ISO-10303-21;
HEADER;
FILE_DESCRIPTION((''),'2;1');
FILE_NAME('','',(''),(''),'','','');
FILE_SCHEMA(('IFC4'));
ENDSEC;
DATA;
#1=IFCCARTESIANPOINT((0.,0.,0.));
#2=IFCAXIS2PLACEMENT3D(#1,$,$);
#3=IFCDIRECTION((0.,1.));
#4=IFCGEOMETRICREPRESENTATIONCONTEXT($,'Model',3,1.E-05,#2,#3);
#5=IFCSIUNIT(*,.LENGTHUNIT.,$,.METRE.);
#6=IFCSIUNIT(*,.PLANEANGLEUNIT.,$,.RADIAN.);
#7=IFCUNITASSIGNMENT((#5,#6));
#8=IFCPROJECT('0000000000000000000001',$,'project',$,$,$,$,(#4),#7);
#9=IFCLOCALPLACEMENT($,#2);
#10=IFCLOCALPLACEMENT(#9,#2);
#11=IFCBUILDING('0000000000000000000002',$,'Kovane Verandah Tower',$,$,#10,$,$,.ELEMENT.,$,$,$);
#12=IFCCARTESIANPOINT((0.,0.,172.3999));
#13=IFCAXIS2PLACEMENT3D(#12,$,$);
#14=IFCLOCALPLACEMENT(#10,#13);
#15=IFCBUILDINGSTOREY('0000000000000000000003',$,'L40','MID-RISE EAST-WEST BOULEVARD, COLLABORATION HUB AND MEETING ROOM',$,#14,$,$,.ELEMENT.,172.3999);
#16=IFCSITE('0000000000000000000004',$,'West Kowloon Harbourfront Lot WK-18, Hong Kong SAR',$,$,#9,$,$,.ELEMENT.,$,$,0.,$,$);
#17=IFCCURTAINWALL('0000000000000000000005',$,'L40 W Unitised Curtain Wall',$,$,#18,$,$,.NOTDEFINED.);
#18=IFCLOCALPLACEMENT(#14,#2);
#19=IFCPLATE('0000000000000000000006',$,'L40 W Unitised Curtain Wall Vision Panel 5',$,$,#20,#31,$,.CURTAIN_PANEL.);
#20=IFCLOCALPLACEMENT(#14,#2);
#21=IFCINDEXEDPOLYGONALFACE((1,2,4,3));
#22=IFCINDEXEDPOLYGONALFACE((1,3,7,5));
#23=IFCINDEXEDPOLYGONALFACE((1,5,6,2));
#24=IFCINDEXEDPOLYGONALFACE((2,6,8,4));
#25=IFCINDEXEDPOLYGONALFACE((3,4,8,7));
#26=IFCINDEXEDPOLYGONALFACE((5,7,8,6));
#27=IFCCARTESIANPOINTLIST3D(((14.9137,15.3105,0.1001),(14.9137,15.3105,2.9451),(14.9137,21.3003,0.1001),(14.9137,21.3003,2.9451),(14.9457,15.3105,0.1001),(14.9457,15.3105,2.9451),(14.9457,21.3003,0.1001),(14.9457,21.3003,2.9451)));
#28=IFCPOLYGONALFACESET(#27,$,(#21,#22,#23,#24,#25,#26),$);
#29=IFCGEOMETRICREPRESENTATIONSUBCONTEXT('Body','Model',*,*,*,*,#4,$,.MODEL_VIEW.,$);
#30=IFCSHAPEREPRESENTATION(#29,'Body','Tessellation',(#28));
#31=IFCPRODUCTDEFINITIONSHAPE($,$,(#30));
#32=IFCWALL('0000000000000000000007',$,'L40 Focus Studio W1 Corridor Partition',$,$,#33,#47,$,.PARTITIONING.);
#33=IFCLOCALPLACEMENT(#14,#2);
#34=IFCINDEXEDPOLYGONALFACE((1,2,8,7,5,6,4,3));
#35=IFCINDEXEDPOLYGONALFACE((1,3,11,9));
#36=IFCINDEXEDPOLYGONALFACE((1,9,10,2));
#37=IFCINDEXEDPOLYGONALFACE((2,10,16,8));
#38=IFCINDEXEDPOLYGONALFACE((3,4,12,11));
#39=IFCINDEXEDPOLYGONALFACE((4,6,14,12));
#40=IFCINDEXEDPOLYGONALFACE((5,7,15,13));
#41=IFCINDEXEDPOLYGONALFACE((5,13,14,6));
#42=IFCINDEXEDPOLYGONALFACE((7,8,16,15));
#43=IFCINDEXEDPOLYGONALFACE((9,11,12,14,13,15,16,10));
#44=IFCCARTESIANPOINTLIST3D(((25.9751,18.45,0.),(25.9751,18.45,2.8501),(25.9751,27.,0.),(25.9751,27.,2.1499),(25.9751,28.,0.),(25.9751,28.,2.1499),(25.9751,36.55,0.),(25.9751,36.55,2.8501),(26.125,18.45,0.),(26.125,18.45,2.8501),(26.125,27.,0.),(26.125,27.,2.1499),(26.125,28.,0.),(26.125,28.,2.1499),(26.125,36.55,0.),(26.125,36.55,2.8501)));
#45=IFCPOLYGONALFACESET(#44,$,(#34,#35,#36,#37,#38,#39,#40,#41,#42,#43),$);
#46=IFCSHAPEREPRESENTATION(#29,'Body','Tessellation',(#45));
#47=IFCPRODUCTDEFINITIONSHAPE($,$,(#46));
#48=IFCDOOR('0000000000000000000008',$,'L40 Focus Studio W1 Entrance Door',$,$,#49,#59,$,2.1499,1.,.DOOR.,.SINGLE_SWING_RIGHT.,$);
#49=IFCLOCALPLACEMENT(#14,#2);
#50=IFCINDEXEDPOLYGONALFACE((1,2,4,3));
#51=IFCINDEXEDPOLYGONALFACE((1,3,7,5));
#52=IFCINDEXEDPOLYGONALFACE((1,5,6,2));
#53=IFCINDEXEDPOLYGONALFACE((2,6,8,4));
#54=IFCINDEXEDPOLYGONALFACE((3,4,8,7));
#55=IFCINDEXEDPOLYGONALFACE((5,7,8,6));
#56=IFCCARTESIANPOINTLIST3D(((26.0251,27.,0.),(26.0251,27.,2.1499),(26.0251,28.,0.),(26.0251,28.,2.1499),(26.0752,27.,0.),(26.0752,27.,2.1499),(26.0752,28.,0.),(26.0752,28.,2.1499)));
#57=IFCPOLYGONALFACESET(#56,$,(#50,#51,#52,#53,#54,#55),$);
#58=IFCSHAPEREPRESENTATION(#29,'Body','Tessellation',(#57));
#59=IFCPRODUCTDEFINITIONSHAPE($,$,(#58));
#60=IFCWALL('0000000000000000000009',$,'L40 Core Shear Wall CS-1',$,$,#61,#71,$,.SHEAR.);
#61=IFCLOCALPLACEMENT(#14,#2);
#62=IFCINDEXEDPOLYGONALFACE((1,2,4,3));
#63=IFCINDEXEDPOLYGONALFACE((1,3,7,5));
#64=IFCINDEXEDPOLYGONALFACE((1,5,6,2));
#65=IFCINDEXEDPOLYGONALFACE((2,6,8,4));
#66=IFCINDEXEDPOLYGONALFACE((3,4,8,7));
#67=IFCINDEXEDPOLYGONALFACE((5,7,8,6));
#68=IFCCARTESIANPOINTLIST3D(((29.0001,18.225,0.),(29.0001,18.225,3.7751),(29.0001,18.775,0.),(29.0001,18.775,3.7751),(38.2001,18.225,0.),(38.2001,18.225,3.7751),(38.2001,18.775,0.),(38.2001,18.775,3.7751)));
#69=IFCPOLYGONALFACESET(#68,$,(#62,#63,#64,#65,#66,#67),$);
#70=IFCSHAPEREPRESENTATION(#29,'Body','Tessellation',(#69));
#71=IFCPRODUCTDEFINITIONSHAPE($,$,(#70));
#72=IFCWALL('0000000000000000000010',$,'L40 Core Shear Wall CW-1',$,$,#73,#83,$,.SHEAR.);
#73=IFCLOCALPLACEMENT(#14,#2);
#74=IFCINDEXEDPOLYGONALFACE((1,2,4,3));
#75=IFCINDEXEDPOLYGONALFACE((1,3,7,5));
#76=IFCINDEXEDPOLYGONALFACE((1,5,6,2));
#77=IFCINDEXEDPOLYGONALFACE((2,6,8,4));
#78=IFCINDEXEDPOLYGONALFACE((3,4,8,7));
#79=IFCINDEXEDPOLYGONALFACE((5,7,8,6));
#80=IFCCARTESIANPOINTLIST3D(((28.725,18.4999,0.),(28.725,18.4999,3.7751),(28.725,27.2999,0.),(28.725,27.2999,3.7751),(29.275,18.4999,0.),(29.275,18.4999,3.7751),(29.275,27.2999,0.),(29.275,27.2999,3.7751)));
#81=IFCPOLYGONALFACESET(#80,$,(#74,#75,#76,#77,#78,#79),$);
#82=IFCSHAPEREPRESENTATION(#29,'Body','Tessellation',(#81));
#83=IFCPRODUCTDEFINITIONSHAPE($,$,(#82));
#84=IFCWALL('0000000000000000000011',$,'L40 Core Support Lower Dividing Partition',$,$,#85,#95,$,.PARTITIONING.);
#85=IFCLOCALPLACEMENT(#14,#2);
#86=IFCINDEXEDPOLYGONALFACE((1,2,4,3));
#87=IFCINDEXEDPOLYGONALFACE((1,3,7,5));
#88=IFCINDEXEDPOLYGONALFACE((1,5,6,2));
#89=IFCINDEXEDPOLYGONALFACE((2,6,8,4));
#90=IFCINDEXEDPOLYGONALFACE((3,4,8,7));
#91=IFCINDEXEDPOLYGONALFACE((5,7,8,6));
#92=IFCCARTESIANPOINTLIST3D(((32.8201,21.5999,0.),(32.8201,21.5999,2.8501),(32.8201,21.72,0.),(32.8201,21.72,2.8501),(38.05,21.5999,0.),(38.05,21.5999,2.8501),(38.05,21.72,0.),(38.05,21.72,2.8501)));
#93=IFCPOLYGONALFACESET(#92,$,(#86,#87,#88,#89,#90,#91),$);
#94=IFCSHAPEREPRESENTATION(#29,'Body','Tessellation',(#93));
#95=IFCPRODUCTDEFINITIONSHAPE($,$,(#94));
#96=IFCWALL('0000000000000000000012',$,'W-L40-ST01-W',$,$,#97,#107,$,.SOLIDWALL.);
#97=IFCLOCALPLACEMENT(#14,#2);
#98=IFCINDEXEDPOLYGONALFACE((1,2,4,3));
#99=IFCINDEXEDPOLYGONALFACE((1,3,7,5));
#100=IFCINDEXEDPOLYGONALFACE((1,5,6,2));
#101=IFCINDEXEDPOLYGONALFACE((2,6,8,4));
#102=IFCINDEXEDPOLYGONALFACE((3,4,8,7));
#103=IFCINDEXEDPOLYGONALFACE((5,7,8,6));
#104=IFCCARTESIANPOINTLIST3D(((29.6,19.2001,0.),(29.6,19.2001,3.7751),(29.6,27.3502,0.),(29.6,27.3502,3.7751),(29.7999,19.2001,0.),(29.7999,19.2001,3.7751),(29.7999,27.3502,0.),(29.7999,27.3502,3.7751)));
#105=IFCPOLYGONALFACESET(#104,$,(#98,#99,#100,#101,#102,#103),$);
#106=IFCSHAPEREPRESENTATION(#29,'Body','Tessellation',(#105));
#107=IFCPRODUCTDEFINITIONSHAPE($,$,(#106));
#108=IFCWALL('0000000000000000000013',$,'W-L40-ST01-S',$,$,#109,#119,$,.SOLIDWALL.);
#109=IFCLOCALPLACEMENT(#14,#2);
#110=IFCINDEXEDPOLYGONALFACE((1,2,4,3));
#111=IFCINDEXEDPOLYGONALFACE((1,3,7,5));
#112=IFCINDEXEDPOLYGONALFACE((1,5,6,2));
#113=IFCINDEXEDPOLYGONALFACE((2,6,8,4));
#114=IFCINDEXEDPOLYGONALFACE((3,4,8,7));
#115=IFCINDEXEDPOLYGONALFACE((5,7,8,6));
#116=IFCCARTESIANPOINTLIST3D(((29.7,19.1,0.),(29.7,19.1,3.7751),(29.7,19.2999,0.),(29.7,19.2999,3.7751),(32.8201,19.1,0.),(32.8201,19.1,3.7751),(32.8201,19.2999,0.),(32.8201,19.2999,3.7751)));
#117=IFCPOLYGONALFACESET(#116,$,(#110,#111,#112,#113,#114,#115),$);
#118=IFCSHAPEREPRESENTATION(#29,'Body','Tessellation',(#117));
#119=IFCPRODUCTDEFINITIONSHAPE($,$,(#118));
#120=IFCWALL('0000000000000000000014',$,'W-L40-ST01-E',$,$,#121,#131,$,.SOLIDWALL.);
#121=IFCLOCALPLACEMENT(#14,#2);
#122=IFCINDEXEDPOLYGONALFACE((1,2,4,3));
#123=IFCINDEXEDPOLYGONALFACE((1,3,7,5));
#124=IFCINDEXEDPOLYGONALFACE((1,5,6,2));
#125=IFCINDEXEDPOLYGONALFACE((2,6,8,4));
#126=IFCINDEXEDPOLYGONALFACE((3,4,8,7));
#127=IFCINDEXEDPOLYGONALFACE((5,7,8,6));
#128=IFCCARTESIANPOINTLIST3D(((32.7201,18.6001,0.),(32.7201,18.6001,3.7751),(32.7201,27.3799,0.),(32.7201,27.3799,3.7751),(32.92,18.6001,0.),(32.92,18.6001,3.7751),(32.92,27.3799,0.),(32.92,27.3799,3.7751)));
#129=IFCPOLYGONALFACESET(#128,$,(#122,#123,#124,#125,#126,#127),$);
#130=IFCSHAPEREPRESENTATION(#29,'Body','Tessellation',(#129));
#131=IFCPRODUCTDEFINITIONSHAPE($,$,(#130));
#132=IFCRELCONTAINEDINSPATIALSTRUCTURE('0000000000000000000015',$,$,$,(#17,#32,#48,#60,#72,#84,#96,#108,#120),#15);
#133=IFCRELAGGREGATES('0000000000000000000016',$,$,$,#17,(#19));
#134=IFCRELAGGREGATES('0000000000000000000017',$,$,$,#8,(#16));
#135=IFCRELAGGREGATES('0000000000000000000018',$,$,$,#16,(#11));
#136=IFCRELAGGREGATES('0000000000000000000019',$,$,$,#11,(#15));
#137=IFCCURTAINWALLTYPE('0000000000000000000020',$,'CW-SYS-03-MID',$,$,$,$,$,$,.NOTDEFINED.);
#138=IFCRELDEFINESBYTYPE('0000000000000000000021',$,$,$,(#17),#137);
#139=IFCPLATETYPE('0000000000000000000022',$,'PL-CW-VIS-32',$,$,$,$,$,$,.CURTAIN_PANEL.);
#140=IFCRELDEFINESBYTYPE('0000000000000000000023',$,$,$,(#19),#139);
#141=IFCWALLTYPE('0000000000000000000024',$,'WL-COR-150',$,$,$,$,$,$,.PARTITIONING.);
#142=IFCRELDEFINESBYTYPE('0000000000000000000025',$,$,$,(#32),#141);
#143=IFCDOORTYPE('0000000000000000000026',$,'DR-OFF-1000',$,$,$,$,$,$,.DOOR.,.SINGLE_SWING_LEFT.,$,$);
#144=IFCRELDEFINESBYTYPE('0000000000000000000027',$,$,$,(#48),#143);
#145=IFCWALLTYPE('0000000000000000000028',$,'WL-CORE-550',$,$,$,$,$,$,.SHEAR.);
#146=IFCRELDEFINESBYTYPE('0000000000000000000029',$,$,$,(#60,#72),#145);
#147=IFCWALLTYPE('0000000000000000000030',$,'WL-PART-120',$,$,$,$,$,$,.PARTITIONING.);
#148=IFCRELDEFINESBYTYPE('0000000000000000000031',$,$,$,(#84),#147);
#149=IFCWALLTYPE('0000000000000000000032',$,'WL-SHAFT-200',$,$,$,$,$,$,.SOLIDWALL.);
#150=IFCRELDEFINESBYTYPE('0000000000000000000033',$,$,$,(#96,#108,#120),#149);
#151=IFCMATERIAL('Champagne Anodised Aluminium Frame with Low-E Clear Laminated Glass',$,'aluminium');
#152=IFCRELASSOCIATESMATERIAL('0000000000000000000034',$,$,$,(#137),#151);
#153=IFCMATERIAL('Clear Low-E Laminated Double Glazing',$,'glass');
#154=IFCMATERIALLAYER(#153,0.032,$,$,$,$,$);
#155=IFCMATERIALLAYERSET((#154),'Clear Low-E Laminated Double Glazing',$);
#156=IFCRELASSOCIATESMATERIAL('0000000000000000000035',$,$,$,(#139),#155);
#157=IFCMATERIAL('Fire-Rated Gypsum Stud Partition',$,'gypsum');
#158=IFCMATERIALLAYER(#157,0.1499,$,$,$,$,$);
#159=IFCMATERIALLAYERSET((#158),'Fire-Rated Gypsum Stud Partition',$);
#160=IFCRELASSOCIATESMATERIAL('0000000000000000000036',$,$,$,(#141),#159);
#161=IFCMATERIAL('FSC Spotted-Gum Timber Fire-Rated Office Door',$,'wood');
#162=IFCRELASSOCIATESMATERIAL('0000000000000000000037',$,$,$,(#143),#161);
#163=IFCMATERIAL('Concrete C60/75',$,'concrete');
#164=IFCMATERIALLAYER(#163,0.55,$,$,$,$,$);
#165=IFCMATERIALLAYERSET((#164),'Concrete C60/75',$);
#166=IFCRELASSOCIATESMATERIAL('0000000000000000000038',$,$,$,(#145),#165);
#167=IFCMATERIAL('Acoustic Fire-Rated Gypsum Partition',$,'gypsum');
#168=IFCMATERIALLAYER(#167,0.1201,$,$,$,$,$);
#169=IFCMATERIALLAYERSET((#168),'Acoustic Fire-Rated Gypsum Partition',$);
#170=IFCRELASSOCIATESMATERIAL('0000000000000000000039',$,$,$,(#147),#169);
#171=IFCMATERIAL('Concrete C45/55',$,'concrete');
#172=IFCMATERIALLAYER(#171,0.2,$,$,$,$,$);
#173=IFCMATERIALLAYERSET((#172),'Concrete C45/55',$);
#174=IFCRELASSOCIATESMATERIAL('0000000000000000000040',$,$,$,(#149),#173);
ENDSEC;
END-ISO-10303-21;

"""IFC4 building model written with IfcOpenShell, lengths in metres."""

from ifc_helpers import new_model, si_unit, direction, frame, frame_2d, origin, origin_2d, place, context, subcontext, project, spatial, rectangle, extrude, material, layer, layer_set, type_object, element, fill, aggregate, save


model = new_model("IFC4")

# Units and contexts
model_context = context("Model", 3, precision=1e-05, world=origin(), true_north=direction((0.0, 1.0)))
body_context = subcontext(model_context, "Body", "Model", "MODEL_VIEW")
ifc_project = project(units=[si_unit("LENGTHUNIT", "METRE"), si_unit("PLANEANGLEUNIT", "RADIAN")], contexts=[model_context])

# Site, building, storey
site_placement = place(None, origin())
site = spatial("IfcSite", under=ifc_project, at=site_placement, Name="West Kowloon Harbourfront Lot WK-18, Hong Kong SAR", CompositionType="ELEMENT", RefElevation=0.0)
building_placement = place(site_placement, origin())
building = spatial("IfcBuilding", under=site, at=building_placement, Name="Kovane Verandah Tower", CompositionType="ELEMENT")
storey_placement = place(building_placement, frame((0.0, 0.0, 172.3999)))
storey = spatial("IfcBuildingStorey", under=building, at=storey_placement, Name="L40", Description="MID-RISE EAST-WEST BOULEVARD, COLLABORATION HUB AND MEETING ROOM", CompositionType="ELEMENT", Elevation=172.3999)

# Curtain wall
ifc_material_1 = material(Name="Champagne Anodised Aluminium Frame with Low-E Clear Laminated Glass", Category="aluminium")
curtain_wall_type = type_object("IfcCurtainWallType", Name="CW-SYS-03-MID", PredefinedType="NOTDEFINED", material=ifc_material_1)
curtain_wall_placement = place(storey_placement, origin())
curtain_wall = element("IfcCurtainWall", 1, at=curtain_wall_placement, inside=storey, type_object=curtain_wall_type, Name="L40 W Unitised Curtain Wall", PredefinedType="NOTDEFINED")

# Plate
ifc_material_2 = material(Name="Clear Low-E Laminated Double Glazing", Category="glass")
ifc_layer_1 = layer(ifc_material_2, 0.032)
ifc_layer_set_1 = layer_set([ifc_layer_1], Name="Clear Low-E Laminated Double Glazing")
plate_type_1 = type_object("IfcPlateType", Name="PL-CW-VIS-32", PredefinedType="CURTAIN_PANEL", material=ifc_layer_set_1)
plate_1_placement = place(storey_placement, frame((14.9297, 18.3054, 0.1001), z_axis=(0.0, 0.0, 1.0), x_axis=(0.0, -1.0, 0.0)))
plate_1 = element("IfcPlate", 2, at=plate_1_placement, type_object=plate_type_1, Name="L40 W Unitised Curtain Wall Vision Panel 5", PredefinedType="CURTAIN_PANEL", context=body_context, shape_type="SweptSolid", body=[
    extrude(rectangle(XDim=5.9897, YDim=0.032, at=origin_2d()), origin(), (0.0, 0.0, 1.0), 2.845),
])
aggregate(curtain_wall, [plate_1])

# Wall, opening, door
ifc_material_3 = material(Name="Fire-Rated Gypsum Stud Partition", Category="gypsum")
ifc_layer_2 = layer(ifc_material_3, 0.1499)
ifc_layer_set_2 = layer_set([ifc_layer_2], Name="Fire-Rated Gypsum Stud Partition")
wall_type_1 = type_object("IfcWallType", Name="WL-COR-150", PredefinedType="PARTITIONING", material=ifc_layer_set_2)
wall_1_placement = place(storey_placement, frame((26.05, 18.45, 0.0), z_axis=(0.0, 0.0, 1.0), x_axis=(0.0, 1.0, 0.0)))
wall_1 = element("IfcWall", 3, at=wall_1_placement, inside=storey, type_object=wall_type_1, Name="L40 Focus Studio W1 Corridor Partition", PredefinedType="PARTITIONING", context=body_context, shape_type="SweptSolid", body=[
    extrude(rectangle(XDim=18.1001, YDim=0.1499, at=frame_2d((9.05, 0.0))), origin(), (0.0, 0.0, 1.0), 2.8501),
])
opening_placement = place(wall_1_placement, frame((8.55, 0.0, 0.0)))
opening = element("IfcOpeningElement", 4, at=opening_placement, cuts=wall_1, PredefinedType="OPENING", context=body_context, shape_type="SweptSolid", body=[
    extrude(rectangle(XDim=1.0, YDim=2.1499, at=frame_2d((0.5, 1.075))), frame((0.0, 0.075, 0.0), z_axis=(0.0, -1.0, 0.0), x_axis=(1.0, 0.0, 0.0)), (0.0, 0.0, 1.0), 0.1499),
])
ifc_material_4 = material(Name="FSC Spotted-Gum Timber Fire-Rated Office Door", Category="wood")
door_type = type_object("IfcDoorType", Name="DR-OFF-1000", OperationType="SINGLE_SWING_LEFT", PredefinedType="DOOR", material=ifc_material_4)
door_placement = place(opening_placement, origin())
door = element("IfcDoor", 5, at=door_placement, inside=storey, type_object=door_type, Name="L40 Focus Studio W1 Entrance Door", OperationType="SINGLE_SWING_RIGHT", OverallHeight=2.1499, OverallWidth=1.0, PredefinedType="DOOR", context=body_context, shape_type="SweptSolid", body=[
    extrude(rectangle(XDim=1.0, YDim=2.1499, at=frame_2d((0.5, 1.075))), frame((0.0, 0.0249, 0.0), z_axis=(0.0, -1.0, 0.0), x_axis=(1.0, 0.0, 0.0)), (0.0, 0.0, 1.0), 0.05),
])
fill(opening, door)

# Walls
ifc_material_5 = material(Name="Concrete C60/75", Category="concrete")
ifc_layer_3 = layer(ifc_material_5, 0.55)
ifc_layer_set_3 = layer_set([ifc_layer_3], Name="Concrete C60/75")
wall_type_2 = type_object("IfcWallType", Name="WL-CORE-550", PredefinedType="SHEAR", material=ifc_layer_set_3)
wall_2_placement = place(storey_placement, frame((29.0, 18.5, 0.0), z_axis=(0.0, 0.0, 1.0), x_axis=(1.0, 0.0, 0.0)))
element("IfcWall", 6, at=wall_2_placement, inside=storey, type_object=wall_type_2, Name="L40 Core Shear Wall CS-1", PredefinedType="SHEAR", context=body_context, shape_type="SweptSolid", body=[
    extrude(rectangle(XDim=9.2, YDim=0.55, at=frame_2d((4.6001, 0.0))), origin(), (0.0, 0.0, 1.0), 3.7751),
])
wall_3_placement = place(storey_placement, frame((29.0, 18.5, 0.0), z_axis=(0.0, 0.0, 1.0), x_axis=(0.0, 1.0, 0.0)))
element("IfcWall", 7, at=wall_3_placement, inside=storey, type_object=wall_type_2, Name="L40 Core Shear Wall CW-1", PredefinedType="SHEAR", context=body_context, shape_type="SweptSolid", body=[
    extrude(rectangle(XDim=8.8, YDim=0.55, at=frame_2d((4.3999, 0.0))), origin(), (0.0, 0.0, 1.0), 3.7751),
])
ifc_material_6 = material(Name="Acoustic Fire-Rated Gypsum Partition", Category="gypsum")
ifc_layer_4 = layer(ifc_material_6, 0.1201)
ifc_layer_set_4 = layer_set([ifc_layer_4], Name="Acoustic Fire-Rated Gypsum Partition")
wall_type_3 = type_object("IfcWallType", Name="WL-PART-120", PredefinedType="PARTITIONING", material=ifc_layer_set_4)
wall_4_placement = place(storey_placement, frame((32.8201, 21.6599, 0.0), z_axis=(0.0, 0.0, 1.0), x_axis=(1.0, 0.0, 0.0)))
element("IfcWall", 8, at=wall_4_placement, inside=storey, type_object=wall_type_3, Name="L40 Core Support Lower Dividing Partition", PredefinedType="PARTITIONING", context=body_context, shape_type="SweptSolid", body=[
    extrude(rectangle(XDim=5.23, YDim=0.1201, at=frame_2d((2.615, 0.0))), origin(), (0.0, 0.0, 1.0), 2.8501),
])
ifc_material_7 = material(Name="Concrete C45/55", Category="concrete")
ifc_layer_5 = layer(ifc_material_7, 0.2)
ifc_layer_set_5 = layer_set([ifc_layer_5], Name="Concrete C45/55")
wall_type_4 = type_object("IfcWallType", Name="WL-SHAFT-200", PredefinedType="SOLIDWALL", material=ifc_layer_set_5)
wall_5_placement = place(storey_placement, frame((29.7, 19.2, 0.0), z_axis=(0.0, 0.0, 1.0), x_axis=(0.0, 1.0, 0.0)))
element("IfcWall", 9, at=wall_5_placement, inside=storey, type_object=wall_type_4, Name="W-L40-ST01-W", PredefinedType="SOLIDWALL", context=body_context, shape_type="SweptSolid", body=[
    extrude(rectangle(XDim=8.1501, YDim=0.2, at=frame_2d((4.0752, 0.0))), origin(), (0.0, 0.0, 1.0), 3.7751),
])
wall_6_placement = place(storey_placement, frame((29.7, 19.2, 0.0), z_axis=(0.0, 0.0, 1.0), x_axis=(1.0, 0.0, 0.0)))
element("IfcWall", 10, at=wall_6_placement, inside=storey, type_object=wall_type_4, Name="W-L40-ST01-S", PredefinedType="SOLIDWALL", context=body_context, shape_type="SweptSolid", body=[
    extrude(rectangle(XDim=3.1201, YDim=0.2, at=frame_2d((1.5601, 0.0))), origin(), (0.0, 0.0, 1.0), 3.7751),
])
wall_7_placement = place(storey_placement, frame((32.8201, 18.6001, 0.0), z_axis=(0.0, 0.0, 1.0), x_axis=(0.0, 1.0, 0.0)))
element("IfcWall", 11, at=wall_7_placement, inside=storey, type_object=wall_type_4, Name="W-L40-ST01-E", PredefinedType="SOLIDWALL", context=body_context, shape_type="SweptSolid", body=[
    extrude(rectangle(XDim=8.7798, YDim=0.2, at=frame_2d((4.3899, 0.0))), origin(), (0.0, 0.0, 1.0), 3.7751),
])

save(model, "model.ifc")
